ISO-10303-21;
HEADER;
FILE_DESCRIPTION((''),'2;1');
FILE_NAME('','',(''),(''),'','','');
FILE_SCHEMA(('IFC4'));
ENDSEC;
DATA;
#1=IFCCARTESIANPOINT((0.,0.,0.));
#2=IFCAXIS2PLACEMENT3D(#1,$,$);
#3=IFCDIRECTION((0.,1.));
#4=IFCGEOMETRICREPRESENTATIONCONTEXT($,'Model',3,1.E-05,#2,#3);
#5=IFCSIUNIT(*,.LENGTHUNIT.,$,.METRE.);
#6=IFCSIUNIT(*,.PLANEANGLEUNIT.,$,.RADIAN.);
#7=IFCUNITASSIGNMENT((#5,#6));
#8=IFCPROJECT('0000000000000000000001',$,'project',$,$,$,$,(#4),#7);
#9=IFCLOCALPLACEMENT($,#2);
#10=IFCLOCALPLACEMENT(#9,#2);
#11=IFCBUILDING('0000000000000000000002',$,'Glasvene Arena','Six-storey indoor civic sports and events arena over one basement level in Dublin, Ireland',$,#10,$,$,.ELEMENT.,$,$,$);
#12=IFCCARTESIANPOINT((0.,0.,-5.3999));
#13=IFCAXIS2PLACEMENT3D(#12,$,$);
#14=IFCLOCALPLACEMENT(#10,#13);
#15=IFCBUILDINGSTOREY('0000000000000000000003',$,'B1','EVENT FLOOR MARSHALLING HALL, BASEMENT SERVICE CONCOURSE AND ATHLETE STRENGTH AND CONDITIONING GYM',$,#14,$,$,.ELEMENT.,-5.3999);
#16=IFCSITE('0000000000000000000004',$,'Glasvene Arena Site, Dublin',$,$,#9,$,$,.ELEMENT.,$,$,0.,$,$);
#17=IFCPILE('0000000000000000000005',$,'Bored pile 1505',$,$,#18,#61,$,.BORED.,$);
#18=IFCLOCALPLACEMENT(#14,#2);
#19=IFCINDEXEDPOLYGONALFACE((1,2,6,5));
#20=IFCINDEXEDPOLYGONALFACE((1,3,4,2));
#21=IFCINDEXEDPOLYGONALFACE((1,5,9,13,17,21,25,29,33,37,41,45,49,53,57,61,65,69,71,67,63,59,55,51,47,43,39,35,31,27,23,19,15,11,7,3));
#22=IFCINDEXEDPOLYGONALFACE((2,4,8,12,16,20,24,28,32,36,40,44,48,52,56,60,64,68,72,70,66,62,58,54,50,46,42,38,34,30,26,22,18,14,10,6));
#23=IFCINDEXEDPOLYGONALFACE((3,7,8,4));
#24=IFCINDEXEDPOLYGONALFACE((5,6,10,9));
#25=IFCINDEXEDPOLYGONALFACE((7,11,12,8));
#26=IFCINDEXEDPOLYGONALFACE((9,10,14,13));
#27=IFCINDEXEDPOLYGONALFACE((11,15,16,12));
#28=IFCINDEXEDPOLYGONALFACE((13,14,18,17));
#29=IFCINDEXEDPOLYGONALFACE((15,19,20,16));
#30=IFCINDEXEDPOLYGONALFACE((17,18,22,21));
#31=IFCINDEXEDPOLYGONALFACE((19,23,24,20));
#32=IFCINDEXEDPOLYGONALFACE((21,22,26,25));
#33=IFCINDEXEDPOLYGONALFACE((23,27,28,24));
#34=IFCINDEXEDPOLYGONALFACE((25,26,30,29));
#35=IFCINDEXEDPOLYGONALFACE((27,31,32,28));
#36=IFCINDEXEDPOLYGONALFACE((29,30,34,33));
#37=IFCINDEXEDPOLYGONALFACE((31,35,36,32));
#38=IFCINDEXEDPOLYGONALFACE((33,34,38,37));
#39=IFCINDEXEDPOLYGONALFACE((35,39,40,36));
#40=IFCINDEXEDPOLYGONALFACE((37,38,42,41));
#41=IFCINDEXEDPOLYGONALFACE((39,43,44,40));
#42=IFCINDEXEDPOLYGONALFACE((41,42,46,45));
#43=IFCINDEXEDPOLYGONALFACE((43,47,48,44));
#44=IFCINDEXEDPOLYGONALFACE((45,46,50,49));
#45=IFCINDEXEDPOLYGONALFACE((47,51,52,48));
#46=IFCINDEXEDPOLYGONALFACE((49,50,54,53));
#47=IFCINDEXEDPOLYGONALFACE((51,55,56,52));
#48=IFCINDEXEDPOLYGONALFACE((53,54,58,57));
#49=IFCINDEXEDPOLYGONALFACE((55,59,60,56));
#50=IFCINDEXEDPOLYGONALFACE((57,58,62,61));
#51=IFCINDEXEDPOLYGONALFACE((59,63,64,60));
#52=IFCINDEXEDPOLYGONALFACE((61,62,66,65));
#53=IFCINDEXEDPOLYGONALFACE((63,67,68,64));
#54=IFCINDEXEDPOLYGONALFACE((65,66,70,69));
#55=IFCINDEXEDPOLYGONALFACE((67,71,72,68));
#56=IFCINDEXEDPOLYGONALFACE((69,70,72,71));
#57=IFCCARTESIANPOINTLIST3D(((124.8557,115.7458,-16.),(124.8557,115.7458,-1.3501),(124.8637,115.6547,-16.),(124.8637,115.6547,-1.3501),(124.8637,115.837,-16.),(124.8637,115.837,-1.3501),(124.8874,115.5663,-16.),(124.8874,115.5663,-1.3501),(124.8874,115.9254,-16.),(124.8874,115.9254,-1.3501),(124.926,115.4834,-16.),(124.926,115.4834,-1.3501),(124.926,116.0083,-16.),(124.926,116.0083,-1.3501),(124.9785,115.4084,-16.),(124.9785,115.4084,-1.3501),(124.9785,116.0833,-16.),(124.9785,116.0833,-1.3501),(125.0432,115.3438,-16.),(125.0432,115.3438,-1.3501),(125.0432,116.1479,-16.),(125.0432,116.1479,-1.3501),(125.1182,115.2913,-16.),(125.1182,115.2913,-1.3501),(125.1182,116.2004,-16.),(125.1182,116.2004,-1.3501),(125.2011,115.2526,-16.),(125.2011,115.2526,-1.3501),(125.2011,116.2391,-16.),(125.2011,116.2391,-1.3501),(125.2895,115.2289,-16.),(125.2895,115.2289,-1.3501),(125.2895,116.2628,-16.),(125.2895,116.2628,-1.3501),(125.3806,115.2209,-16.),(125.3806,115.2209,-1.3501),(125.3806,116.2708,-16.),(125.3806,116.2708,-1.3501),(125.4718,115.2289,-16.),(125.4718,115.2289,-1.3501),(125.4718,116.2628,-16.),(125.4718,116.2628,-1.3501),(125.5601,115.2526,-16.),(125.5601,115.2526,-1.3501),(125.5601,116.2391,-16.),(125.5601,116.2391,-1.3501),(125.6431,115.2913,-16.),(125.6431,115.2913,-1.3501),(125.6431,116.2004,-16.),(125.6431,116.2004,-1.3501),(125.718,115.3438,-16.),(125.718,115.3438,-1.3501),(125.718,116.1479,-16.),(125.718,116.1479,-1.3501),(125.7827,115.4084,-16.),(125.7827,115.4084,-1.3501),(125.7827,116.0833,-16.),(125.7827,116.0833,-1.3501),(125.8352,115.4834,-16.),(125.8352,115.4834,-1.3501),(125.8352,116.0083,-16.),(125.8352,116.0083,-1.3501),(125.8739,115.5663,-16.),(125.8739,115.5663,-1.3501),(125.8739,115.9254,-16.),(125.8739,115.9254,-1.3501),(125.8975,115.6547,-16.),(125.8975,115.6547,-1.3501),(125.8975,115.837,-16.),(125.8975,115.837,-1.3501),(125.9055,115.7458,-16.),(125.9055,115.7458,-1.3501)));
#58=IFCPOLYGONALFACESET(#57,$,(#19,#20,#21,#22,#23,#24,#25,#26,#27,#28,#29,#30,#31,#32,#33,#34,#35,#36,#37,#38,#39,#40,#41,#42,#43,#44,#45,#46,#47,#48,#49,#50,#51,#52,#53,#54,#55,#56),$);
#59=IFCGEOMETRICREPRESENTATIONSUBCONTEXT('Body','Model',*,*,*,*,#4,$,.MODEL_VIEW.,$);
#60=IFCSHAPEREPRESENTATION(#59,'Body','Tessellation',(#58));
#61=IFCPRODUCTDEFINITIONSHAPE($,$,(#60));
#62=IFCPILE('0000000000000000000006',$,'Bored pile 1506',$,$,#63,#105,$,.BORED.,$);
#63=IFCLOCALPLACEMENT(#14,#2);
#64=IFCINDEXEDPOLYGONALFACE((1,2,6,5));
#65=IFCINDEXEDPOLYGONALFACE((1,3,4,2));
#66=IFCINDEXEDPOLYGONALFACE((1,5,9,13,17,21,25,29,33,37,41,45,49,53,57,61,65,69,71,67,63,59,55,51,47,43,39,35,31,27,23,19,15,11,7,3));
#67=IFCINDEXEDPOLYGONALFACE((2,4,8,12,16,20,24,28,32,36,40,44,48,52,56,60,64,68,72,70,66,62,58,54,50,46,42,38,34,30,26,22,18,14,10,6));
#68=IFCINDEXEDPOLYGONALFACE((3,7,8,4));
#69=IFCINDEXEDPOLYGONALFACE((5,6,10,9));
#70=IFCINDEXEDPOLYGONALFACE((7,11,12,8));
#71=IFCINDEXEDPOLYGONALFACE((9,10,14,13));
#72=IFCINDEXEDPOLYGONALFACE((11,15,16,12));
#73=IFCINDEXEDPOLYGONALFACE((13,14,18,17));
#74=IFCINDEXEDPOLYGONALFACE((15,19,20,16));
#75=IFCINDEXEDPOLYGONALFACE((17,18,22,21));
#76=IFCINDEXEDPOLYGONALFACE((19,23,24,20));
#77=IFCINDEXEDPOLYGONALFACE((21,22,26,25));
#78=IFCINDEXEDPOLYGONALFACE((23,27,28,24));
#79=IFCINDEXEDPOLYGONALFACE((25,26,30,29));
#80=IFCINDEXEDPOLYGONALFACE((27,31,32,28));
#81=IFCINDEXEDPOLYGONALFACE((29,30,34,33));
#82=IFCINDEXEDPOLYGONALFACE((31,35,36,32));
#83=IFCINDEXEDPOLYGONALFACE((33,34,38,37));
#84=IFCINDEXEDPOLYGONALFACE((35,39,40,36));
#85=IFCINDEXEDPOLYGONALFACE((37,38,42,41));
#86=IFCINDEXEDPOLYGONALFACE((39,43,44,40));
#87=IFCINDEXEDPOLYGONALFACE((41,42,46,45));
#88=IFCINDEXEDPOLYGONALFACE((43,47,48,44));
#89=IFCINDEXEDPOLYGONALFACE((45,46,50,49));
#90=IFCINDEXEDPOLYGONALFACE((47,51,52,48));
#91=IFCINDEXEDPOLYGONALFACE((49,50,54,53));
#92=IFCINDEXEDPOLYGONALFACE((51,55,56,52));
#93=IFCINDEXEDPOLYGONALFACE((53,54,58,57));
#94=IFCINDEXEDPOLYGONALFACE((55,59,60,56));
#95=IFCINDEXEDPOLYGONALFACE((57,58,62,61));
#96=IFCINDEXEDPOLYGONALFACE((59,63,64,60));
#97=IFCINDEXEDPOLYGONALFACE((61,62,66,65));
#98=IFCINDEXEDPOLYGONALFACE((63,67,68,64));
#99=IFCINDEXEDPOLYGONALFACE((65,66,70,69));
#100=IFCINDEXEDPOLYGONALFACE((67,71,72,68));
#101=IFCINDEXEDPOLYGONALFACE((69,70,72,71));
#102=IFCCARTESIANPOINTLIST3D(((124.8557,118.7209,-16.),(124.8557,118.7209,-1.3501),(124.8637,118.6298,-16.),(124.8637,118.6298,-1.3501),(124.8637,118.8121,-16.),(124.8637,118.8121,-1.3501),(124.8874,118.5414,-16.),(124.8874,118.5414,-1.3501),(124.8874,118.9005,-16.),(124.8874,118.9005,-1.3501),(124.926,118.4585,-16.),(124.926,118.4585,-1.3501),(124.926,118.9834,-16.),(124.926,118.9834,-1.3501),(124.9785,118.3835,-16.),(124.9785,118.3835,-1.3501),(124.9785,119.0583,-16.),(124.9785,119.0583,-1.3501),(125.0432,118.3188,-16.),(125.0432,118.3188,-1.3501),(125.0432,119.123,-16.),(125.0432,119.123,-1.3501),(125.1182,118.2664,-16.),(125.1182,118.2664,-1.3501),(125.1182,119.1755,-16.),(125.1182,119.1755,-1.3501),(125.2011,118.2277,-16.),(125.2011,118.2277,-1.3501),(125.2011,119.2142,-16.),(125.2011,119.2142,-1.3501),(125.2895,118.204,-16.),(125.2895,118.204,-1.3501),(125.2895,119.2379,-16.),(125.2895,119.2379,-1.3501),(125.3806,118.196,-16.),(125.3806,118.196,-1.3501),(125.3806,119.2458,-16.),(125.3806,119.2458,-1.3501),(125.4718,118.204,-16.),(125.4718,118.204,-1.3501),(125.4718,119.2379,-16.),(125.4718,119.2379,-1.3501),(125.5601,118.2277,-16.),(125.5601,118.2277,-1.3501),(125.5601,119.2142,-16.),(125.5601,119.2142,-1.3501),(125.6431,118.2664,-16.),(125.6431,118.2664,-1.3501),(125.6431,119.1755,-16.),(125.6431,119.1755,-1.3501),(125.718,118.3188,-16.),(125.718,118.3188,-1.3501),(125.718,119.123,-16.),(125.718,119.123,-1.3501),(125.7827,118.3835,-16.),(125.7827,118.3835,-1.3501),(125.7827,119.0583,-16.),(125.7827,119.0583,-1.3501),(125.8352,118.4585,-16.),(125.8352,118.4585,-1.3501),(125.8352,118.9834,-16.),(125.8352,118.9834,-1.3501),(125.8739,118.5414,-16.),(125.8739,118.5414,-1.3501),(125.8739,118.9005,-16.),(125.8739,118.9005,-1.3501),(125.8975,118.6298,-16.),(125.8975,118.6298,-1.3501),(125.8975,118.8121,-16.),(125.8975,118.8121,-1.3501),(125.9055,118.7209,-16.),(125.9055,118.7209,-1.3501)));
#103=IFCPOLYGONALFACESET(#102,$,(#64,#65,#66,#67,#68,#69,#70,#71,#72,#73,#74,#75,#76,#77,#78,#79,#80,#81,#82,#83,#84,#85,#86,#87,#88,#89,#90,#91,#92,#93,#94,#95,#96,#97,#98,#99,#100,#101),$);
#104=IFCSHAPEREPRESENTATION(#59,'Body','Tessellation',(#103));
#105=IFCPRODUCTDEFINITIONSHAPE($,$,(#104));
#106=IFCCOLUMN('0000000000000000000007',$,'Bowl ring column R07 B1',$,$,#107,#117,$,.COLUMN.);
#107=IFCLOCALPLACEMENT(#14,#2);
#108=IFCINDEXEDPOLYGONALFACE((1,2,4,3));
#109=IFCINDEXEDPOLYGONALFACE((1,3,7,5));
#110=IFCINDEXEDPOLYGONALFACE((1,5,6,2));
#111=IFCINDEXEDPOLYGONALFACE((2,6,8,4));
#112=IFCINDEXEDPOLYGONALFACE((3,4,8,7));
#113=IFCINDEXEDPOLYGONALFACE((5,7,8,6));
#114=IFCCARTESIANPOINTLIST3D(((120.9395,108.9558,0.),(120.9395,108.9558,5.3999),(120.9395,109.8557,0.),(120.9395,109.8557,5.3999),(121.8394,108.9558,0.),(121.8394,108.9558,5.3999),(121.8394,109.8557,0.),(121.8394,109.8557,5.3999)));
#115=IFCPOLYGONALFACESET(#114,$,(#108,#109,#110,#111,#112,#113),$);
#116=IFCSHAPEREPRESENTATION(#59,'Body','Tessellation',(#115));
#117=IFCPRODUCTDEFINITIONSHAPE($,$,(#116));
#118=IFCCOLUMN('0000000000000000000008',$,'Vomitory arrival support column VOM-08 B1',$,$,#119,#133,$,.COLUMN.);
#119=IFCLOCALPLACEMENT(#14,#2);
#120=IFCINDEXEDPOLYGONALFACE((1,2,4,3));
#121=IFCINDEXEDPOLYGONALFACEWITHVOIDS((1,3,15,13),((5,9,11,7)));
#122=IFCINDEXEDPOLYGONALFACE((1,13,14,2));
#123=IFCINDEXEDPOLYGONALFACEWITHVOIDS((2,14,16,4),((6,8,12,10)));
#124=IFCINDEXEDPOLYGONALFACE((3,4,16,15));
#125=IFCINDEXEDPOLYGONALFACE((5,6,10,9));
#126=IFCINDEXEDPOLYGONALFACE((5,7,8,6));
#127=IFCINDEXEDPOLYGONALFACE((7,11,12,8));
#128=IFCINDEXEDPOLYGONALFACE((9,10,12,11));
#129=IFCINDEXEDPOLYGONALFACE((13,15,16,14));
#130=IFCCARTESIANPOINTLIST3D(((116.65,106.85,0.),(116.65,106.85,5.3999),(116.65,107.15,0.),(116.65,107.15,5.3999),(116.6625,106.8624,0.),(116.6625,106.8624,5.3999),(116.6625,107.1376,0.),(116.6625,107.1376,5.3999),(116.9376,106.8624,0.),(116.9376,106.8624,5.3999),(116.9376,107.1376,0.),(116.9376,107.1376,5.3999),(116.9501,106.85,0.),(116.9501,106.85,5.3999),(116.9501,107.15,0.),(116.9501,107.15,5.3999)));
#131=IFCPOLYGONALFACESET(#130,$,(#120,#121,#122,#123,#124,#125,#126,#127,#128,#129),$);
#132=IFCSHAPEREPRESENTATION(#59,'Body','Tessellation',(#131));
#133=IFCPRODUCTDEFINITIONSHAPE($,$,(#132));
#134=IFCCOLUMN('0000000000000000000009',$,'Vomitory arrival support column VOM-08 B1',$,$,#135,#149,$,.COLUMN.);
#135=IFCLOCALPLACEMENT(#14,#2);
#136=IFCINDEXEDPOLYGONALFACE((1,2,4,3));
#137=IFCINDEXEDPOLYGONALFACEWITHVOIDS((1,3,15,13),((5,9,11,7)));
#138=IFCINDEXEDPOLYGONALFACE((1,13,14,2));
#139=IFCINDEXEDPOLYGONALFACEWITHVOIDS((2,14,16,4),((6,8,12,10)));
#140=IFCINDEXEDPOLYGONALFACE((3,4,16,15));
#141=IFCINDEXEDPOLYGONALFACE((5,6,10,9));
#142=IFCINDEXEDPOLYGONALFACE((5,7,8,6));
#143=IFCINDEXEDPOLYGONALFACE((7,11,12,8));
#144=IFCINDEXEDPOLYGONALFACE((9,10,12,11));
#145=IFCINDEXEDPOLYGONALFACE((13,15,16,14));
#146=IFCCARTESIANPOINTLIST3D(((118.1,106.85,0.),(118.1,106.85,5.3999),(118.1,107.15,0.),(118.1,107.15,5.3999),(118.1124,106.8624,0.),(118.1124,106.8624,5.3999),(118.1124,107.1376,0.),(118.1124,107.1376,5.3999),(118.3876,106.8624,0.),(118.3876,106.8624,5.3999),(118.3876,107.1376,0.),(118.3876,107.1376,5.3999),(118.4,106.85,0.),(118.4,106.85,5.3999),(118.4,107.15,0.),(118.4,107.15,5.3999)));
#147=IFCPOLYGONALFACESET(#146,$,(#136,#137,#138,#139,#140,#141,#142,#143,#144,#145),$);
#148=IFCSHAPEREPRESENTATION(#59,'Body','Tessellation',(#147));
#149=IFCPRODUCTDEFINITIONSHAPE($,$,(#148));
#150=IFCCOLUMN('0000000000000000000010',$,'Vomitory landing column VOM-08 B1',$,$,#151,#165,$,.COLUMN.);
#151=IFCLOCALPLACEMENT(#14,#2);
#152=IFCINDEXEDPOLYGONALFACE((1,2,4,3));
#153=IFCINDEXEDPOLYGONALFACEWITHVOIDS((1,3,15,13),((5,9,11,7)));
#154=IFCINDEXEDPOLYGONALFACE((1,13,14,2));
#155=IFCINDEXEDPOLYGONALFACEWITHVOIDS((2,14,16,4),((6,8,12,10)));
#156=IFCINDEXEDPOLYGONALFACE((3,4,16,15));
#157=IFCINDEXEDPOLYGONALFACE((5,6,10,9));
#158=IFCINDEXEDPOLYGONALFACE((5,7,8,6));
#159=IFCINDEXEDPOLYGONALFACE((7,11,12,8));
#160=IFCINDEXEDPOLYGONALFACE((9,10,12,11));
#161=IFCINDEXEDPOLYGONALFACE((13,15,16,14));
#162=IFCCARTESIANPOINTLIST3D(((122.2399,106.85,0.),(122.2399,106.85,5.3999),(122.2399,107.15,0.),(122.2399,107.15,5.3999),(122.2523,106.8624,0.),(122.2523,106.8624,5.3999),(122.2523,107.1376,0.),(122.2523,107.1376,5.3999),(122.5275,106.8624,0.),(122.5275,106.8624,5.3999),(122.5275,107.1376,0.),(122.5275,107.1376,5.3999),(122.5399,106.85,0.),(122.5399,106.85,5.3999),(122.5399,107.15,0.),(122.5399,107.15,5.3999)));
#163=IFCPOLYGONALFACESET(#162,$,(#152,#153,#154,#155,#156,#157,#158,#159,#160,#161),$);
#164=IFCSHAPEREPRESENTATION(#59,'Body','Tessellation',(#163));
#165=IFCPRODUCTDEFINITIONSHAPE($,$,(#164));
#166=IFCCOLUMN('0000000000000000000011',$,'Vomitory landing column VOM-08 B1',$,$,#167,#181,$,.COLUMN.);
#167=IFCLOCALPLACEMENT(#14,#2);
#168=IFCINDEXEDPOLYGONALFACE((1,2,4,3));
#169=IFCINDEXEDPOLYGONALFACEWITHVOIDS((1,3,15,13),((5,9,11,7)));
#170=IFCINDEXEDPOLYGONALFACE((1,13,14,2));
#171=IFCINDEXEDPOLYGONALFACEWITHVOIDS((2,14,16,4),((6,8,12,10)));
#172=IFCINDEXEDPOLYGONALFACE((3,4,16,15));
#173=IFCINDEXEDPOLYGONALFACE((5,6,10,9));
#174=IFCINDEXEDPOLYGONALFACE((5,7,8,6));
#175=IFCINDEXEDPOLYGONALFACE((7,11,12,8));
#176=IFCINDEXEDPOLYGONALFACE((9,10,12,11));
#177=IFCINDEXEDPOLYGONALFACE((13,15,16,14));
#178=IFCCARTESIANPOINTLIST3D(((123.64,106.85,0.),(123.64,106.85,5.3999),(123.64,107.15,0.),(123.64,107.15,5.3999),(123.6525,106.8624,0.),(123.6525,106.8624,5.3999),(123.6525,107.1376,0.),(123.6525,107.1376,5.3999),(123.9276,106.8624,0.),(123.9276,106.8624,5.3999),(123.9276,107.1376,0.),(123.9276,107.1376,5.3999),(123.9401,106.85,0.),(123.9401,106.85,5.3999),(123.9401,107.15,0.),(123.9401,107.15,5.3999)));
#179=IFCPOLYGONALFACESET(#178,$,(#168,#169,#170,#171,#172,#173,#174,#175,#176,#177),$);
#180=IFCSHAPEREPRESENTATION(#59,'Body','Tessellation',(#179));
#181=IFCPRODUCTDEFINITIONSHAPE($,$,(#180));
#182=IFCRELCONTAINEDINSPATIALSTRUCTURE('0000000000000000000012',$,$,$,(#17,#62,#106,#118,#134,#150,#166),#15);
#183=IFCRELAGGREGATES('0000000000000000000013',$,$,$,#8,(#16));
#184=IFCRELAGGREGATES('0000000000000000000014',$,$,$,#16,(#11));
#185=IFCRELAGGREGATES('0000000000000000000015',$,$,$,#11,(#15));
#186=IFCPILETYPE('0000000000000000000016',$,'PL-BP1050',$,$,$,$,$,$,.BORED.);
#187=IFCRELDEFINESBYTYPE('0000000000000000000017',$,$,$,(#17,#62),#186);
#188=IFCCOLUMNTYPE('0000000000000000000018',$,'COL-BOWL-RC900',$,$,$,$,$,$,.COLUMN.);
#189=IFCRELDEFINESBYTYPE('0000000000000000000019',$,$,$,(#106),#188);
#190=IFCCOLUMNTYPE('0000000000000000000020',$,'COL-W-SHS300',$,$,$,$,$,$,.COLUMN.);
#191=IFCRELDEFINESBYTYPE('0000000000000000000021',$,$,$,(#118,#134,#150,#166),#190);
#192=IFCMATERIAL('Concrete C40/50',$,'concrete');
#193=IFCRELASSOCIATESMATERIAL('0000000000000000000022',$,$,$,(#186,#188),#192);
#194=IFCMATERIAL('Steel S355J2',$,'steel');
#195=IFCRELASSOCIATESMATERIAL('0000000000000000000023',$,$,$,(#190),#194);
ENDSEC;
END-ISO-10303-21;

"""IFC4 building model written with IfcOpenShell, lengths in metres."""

from ifc_helpers import new_model, si_unit, direction, frame, origin, origin_2d, place, context, subcontext, project, spatial, rectangle, hollow_rectangle, circle, extrude, material, material_profile, profile_set, type_object, element, save


model = new_model("IFC4")

# Units and contexts
model_context = context("Model", 3, precision=1e-05, world=origin(), true_north=direction((0.0, 1.0)))
body_context = subcontext(model_context, "Body", "Model", "MODEL_VIEW")
ifc_project = project(units=[si_unit("LENGTHUNIT", "METRE"), si_unit("PLANEANGLEUNIT", "RADIAN")], contexts=[model_context])

# Site, building, storey
site_placement = place(None, origin())
site = spatial("IfcSite", under=ifc_project, at=site_placement, Name="Glasvene Arena Site, Dublin", CompositionType="ELEMENT", RefElevation=0.0)
building_placement = place(site_placement, origin())
building = spatial("IfcBuilding", under=site, at=building_placement, Name="Glasvene Arena", Description="Six-storey indoor civic sports and events arena over one basement level in Dublin, Ireland", CompositionType="ELEMENT")
storey_placement = place(building_placement, frame((0.0, 0.0, -5.3999)))
storey = spatial("IfcBuildingStorey", under=building, at=storey_placement, Name="B1", Description="EVENT FLOOR MARSHALLING HALL, BASEMENT SERVICE CONCOURSE AND ATHLETE STRENGTH AND CONDITIONING GYM", CompositionType="ELEMENT", Elevation=-5.3999)

# Piles
ifc_material_1 = material(Name="Concrete C40/50", Category="concrete")
ifc_material_profile_1 = material_profile(ifc_material_1, circle(Radius=0.5249, at=origin_2d()), Name="BORED PILE 1050")
ifc_profile_set_1 = profile_set([ifc_material_profile_1], Name="Concrete C40/50")
pile_type = type_object("IfcPileType", Name="PL-BP1050", PredefinedType="BORED", material=ifc_profile_set_1)
for number, where, z_axis, x_axis, name in (
    (1, (125.3806, 115.7458, -1.3501), (0.0, 0.0, -1.0), (1.0, 0.0, 0.0), "Bored pile 1505"),
    (2, (125.3806, 118.7209, -1.3501), (0.0, 0.0, -1.0), (1.0, 0.0, 0.0), "Bored pile 1506"),
):
    element("IfcPile", number, at=place(storey_placement, frame(where, z_axis=z_axis, x_axis=x_axis)), inside=storey, type_object=pile_type, Name=name, PredefinedType="BORED", context=body_context, shape_type="SweptSolid", body=[
        extrude(circle(Radius=0.5249, at=origin_2d()), origin(), (0.0, 0.0, 1.0), 14.6499),
    ])

# Columns
ifc_material_profile_2 = material_profile(ifc_material_1, rectangle(XDim=0.8999, YDim=0.8999, at=origin_2d()), Name="RC 900x900")
ifc_profile_set_2 = profile_set([ifc_material_profile_2], Name="Concrete C40/50")
column_type_1 = type_object("IfcColumnType", Name="COL-BOWL-RC900", PredefinedType="COLUMN", material=ifc_profile_set_2)
column_placement = place(storey_placement, frame((121.3894, 109.4058, 0.0), z_axis=(0.0, 0.0, 1.0), x_axis=(1.0, 0.0, 0.0)))
element("IfcColumn", 3, at=column_placement, inside=storey, type_object=column_type_1, Name="Bowl ring column R07 B1", PredefinedType="COLUMN", context=body_context, shape_type="SweptSolid", body=[
    extrude(rectangle(XDim=0.8999, YDim=0.8999, at=origin_2d()), origin(), (0.0, 0.0, 1.0), 5.3999),
])
ifc_material_2 = material(Name="Steel S355J2", Category="steel")
ifc_material_profile_3 = material_profile(ifc_material_2, hollow_rectangle(XDim=0.3, YDim=0.3, WallThickness=0.0125, at=origin_2d()), Name="SHS 300x300x12.5")
ifc_profile_set_3 = profile_set([ifc_material_profile_3], Name="Steel S355J2")
column_type_2 = type_object("IfcColumnType", Name="COL-W-SHS300", PredefinedType="COLUMN", material=ifc_profile_set_3)
for number, where, z_axis, x_axis, name in (
    (4, (116.8, 107.0, 0.0), (0.0, 0.0, 1.0), (1.0, 0.0, 0.0), "Vomitory arrival support column VOM-08 B1"),
    (5, (118.25, 107.0, 0.0), (0.0, 0.0, 1.0), (1.0, 0.0, 0.0), "Vomitory arrival support column VOM-08 B1"),
    (6, (122.3899, 107.0, 0.0), (0.0, 0.0, 1.0), (1.0, 0.0, 0.0), "Vomitory landing column VOM-08 B1"),
    (7, (123.79, 107.0, 0.0), (0.0, 0.0, 1.0), (1.0, 0.0, 0.0), "Vomitory landing column VOM-08 B1"),
):
    element("IfcColumn", number, at=place(storey_placement, frame(where, z_axis=z_axis, x_axis=x_axis)), inside=storey, type_object=column_type_2, Name=name, PredefinedType="COLUMN", context=body_context, shape_type="SweptSolid", body=[
        extrude(hollow_rectangle(XDim=0.3, YDim=0.3, WallThickness=0.0125, at=origin_2d()), origin(), (0.0, 0.0, 1.0), 5.3999),
    ])

save(model, "model.ifc")
